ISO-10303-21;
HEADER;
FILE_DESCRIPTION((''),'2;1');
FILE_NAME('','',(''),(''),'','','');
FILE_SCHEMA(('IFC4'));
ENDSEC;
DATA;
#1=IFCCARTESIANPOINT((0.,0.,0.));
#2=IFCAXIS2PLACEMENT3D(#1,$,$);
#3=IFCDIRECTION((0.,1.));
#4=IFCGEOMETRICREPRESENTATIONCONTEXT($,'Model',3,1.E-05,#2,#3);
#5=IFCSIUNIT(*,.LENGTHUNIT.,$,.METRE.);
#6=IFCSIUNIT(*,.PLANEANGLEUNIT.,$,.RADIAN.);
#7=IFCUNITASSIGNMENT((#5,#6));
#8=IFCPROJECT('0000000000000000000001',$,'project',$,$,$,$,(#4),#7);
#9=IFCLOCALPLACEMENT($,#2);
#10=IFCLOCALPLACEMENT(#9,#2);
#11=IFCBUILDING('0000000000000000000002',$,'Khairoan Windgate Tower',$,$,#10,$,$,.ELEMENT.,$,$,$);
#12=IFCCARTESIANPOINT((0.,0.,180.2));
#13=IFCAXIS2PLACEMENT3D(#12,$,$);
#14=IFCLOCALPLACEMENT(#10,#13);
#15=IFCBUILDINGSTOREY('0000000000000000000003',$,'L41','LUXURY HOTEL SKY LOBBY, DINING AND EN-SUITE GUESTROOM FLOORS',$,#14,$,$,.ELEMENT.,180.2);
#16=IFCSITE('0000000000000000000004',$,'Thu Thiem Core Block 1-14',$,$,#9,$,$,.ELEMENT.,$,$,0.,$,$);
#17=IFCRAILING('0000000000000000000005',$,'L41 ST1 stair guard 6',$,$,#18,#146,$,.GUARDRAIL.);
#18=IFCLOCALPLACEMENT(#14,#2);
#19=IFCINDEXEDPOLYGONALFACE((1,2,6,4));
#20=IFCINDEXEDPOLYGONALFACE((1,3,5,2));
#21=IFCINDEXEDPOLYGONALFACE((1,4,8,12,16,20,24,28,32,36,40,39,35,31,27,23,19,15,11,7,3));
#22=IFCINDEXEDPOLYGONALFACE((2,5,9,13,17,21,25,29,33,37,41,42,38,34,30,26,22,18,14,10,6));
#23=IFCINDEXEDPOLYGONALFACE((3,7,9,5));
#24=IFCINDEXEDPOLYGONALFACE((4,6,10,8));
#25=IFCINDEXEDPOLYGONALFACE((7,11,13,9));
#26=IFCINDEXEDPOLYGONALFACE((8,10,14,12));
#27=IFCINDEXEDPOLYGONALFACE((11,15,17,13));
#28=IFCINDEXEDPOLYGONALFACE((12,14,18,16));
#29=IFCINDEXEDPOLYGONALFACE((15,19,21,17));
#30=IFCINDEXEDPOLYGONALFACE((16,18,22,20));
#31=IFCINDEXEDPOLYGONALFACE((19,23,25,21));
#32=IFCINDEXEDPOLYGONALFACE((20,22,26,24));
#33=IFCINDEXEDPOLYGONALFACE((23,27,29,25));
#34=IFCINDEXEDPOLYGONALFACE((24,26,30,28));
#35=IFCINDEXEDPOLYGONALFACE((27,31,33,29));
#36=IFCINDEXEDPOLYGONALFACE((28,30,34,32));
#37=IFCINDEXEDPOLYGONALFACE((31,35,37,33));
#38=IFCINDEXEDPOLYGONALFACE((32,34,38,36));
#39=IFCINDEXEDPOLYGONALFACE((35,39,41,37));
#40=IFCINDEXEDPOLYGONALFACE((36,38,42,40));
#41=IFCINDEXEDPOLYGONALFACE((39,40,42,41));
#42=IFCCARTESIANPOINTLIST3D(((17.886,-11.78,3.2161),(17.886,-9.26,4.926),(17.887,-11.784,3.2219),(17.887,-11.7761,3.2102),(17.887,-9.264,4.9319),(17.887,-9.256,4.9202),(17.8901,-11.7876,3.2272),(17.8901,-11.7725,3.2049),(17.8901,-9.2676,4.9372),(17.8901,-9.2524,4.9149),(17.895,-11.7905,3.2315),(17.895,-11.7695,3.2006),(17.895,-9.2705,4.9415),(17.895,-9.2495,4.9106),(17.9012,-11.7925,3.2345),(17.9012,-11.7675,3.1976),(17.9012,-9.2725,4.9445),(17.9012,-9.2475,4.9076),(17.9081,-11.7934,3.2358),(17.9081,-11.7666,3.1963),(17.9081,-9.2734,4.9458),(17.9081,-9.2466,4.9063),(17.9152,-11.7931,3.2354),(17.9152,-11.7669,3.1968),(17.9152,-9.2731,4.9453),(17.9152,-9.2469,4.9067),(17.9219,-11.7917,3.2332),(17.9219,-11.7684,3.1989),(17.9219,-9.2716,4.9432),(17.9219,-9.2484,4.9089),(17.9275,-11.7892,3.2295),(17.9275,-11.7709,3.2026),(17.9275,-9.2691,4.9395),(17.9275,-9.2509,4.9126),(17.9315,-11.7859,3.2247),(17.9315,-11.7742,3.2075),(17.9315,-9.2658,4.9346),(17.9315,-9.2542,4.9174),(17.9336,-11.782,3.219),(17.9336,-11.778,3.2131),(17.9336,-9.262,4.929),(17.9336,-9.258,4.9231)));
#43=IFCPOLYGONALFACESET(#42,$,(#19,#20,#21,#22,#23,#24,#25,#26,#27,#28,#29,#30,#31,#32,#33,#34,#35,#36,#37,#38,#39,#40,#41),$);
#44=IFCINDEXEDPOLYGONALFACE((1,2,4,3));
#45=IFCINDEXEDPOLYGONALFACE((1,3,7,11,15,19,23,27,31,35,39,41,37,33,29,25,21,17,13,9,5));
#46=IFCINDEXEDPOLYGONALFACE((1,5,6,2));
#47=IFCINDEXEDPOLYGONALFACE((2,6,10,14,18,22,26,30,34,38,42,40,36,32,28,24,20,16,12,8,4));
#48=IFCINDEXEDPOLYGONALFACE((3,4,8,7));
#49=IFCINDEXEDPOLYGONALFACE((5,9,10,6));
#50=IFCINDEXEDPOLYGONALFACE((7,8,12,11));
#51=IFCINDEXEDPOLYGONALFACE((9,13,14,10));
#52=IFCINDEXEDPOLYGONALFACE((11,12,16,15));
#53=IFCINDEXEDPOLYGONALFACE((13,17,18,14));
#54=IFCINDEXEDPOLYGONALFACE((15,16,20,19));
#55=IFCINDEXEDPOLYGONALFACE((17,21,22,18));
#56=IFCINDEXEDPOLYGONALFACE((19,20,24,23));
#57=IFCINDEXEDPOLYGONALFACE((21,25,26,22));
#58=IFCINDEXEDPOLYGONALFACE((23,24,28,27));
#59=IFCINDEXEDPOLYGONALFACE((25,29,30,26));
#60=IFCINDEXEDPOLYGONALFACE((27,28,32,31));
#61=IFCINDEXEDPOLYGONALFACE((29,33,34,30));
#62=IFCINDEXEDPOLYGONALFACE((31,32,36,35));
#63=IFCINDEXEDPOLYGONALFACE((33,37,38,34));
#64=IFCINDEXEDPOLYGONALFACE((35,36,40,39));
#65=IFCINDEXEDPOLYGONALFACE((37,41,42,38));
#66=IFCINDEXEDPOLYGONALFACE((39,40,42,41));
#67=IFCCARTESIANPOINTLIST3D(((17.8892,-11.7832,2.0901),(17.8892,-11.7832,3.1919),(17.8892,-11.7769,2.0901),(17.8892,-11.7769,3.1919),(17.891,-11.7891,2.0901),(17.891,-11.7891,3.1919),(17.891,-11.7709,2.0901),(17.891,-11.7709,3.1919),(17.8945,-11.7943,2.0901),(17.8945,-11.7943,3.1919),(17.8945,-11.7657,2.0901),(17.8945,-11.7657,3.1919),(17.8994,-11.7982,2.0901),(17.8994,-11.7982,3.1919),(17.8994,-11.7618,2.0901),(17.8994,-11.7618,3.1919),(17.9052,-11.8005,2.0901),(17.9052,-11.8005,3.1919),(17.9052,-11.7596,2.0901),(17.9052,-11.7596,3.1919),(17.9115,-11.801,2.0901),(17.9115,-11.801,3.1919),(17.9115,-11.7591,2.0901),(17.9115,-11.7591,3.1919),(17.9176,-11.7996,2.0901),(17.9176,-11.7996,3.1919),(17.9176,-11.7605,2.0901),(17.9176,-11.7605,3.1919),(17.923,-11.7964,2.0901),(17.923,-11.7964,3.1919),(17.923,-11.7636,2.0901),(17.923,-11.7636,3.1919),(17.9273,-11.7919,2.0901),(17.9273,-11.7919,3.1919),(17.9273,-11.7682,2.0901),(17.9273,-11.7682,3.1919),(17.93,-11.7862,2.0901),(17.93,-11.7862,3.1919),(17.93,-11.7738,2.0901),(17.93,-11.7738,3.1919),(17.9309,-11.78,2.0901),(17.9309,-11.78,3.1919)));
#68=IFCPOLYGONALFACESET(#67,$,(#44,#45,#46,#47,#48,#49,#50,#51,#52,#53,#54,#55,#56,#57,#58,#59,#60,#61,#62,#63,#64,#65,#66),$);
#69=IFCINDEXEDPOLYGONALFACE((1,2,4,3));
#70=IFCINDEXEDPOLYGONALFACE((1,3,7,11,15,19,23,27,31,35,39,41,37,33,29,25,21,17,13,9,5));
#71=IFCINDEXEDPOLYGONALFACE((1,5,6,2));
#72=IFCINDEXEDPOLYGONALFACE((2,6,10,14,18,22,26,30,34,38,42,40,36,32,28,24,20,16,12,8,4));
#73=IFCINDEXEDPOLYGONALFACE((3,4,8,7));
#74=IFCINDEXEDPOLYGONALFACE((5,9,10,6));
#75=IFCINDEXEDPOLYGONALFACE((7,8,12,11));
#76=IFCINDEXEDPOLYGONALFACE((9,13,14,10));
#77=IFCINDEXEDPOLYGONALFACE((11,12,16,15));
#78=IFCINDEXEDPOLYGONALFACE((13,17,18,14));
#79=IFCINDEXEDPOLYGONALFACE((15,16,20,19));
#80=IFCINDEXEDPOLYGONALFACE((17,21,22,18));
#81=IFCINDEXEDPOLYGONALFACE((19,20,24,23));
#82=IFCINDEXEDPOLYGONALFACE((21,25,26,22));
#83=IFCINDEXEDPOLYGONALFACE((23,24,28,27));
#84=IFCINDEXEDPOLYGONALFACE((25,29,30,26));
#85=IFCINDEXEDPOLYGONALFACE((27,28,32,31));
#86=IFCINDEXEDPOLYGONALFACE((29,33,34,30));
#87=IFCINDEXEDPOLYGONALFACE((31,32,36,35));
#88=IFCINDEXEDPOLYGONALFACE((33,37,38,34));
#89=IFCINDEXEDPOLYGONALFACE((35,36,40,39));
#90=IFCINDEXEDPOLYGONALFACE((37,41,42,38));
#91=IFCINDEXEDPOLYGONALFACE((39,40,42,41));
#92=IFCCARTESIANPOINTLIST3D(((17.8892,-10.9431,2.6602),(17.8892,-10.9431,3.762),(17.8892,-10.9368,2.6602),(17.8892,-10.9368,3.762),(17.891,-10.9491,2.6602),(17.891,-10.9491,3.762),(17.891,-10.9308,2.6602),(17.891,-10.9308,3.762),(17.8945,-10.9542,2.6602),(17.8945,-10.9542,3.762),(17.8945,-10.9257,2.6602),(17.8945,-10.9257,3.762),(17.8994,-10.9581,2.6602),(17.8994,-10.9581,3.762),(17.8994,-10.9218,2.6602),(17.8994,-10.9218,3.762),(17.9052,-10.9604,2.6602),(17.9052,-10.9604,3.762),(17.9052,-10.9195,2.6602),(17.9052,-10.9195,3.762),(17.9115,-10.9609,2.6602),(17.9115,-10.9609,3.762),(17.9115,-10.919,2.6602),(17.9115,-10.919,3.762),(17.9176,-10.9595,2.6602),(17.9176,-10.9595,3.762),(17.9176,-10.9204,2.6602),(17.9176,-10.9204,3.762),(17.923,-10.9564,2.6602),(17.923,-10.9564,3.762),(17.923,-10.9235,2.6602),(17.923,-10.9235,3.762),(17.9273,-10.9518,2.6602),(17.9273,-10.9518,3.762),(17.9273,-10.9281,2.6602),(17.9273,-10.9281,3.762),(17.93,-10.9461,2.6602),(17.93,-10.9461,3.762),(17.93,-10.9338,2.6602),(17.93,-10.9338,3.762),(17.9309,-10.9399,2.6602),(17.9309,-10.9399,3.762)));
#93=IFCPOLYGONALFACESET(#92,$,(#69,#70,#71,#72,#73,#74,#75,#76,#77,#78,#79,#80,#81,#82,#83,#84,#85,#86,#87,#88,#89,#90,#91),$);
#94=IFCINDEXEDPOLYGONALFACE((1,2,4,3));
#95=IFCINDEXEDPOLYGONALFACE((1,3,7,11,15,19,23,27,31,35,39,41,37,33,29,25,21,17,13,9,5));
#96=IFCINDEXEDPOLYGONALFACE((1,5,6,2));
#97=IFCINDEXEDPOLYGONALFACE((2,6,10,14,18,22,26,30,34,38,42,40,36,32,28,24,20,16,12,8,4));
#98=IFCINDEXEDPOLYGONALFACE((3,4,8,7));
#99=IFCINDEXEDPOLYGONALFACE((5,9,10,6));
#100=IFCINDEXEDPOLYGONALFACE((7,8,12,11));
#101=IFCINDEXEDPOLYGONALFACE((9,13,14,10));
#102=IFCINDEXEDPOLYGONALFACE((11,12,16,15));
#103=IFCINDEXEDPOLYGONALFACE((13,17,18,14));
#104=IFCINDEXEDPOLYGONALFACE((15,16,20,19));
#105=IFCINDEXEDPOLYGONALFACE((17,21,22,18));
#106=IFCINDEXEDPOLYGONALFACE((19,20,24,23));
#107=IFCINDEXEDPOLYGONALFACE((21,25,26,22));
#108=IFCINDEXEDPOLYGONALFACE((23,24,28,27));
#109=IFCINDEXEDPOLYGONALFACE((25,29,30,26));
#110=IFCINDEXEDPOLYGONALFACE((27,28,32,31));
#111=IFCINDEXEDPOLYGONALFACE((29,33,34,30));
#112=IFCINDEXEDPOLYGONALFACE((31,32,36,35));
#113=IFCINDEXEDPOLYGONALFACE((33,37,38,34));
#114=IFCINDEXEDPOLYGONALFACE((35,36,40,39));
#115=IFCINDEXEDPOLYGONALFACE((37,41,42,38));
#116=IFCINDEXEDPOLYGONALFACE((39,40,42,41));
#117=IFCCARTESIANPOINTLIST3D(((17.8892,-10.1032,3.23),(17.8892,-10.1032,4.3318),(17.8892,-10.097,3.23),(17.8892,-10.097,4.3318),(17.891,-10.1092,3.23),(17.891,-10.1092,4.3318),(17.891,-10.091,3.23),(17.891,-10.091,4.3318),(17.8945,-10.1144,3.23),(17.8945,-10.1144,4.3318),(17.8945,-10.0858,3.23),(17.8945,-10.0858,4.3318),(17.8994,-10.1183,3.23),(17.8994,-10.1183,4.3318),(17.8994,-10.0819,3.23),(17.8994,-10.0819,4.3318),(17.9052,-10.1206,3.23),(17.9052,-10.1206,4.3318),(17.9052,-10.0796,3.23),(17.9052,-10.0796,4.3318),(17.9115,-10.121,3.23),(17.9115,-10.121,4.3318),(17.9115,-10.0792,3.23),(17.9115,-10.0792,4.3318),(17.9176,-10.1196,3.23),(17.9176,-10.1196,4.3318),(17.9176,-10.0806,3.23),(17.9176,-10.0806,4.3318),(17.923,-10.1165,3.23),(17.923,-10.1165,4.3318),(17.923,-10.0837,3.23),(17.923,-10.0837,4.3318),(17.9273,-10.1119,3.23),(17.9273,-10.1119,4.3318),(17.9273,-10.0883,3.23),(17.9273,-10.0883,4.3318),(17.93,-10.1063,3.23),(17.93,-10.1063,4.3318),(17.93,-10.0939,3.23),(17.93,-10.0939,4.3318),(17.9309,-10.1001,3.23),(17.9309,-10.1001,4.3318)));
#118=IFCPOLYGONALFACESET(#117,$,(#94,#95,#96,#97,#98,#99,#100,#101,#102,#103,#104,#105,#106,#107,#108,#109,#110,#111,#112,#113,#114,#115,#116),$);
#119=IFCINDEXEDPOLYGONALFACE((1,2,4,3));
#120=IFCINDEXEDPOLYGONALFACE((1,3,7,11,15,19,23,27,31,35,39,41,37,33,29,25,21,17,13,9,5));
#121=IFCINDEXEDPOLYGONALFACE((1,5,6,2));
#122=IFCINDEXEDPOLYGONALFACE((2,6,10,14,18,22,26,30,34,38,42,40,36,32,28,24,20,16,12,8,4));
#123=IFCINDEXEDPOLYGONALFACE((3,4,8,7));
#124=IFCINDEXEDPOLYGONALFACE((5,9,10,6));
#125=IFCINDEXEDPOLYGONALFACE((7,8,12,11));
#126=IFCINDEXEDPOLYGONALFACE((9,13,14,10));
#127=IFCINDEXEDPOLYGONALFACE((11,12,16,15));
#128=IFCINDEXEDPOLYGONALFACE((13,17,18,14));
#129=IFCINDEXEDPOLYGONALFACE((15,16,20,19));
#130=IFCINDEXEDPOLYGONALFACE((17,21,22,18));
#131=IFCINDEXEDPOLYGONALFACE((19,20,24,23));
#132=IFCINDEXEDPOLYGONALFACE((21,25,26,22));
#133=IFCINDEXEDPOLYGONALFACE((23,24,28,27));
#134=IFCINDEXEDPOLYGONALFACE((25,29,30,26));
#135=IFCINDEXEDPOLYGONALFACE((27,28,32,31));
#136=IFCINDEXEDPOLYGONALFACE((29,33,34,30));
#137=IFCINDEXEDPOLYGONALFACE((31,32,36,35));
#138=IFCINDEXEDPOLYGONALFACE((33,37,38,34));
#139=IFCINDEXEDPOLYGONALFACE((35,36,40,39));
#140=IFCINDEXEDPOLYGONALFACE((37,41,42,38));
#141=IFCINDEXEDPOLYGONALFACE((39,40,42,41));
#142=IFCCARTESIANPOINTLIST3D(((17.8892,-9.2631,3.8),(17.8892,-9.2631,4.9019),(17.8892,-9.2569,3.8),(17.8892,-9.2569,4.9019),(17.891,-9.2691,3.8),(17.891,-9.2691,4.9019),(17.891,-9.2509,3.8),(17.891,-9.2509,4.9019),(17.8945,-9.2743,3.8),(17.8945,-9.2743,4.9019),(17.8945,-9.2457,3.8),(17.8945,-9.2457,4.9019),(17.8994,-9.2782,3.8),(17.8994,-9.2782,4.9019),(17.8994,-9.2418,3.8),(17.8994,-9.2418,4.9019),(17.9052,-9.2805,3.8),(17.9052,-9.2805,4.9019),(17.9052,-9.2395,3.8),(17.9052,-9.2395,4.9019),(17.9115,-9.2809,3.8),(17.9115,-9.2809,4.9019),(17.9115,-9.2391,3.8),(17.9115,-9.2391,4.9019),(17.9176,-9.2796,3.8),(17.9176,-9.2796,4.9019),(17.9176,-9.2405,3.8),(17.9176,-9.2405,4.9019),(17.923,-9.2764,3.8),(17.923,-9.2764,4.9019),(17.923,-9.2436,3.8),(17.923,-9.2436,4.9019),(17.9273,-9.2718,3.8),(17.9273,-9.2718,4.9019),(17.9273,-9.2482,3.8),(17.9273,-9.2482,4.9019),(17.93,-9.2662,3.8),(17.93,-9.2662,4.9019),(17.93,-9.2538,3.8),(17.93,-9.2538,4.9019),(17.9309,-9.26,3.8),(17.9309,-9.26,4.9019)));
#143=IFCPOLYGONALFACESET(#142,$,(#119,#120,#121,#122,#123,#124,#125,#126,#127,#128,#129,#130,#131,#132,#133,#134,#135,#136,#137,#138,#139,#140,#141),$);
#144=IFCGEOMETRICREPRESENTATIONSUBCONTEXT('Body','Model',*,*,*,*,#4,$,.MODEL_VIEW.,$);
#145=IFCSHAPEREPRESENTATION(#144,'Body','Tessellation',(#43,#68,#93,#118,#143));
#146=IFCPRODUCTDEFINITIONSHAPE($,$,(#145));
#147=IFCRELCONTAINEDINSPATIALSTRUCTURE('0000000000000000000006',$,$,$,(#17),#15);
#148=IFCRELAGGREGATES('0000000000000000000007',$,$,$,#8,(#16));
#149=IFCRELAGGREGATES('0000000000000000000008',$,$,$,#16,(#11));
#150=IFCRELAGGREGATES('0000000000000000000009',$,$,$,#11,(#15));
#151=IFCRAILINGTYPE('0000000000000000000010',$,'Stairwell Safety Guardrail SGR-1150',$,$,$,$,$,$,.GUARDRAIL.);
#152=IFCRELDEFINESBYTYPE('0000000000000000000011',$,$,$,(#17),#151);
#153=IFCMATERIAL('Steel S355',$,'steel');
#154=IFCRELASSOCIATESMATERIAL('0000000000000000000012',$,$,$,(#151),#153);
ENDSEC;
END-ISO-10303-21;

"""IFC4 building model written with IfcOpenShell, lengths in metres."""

from ifc_helpers import new_model, si_unit, direction, frame, origin, origin_2d, place, context, subcontext, project, spatial, circle, extrude, material, type_object, element, save


model = new_model("IFC4")

# Units and contexts
model_context = context("Model", 3, precision=1e-05, world=origin(), true_north=direction((0.0, 1.0)))
body_context = subcontext(model_context, "Body", "Model", "MODEL_VIEW")
ifc_project = project(units=[si_unit("LENGTHUNIT", "METRE"), si_unit("PLANEANGLEUNIT", "RADIAN")], contexts=[model_context])

# Site, building, storey
site_placement = place(None, origin())
site = spatial("IfcSite", under=ifc_project, at=site_placement, Name="Thu Thiem Core Block 1-14", CompositionType="ELEMENT", RefElevation=0.0)
building_placement = place(site_placement, origin())
building = spatial("IfcBuilding", under=site, at=building_placement, Name="Khairoan Windgate Tower", CompositionType="ELEMENT")
storey_placement = place(building_placement, frame((0.0, 0.0, 180.2)))
storey = spatial("IfcBuildingStorey", under=building, at=storey_placement, Name="L41", Description="LUXURY HOTEL SKY LOBBY, DINING AND EN-SUITE GUESTROOM FLOORS", CompositionType="ELEMENT", Elevation=180.2)

# Railing
ifc_material_1 = material(Name="Steel S355", Category="steel")
railing_type = type_object("IfcRailingType", Name="Stairwell Safety Guardrail SGR-1150", PredefinedType="GUARDRAIL", material=ifc_material_1)
railing_1_placement = place(storey_placement, frame((17.9099, -11.78, 2.0901)))
element("IfcRailing", 1, at=railing_1_placement, inside=storey, type_object=railing_type, Name="L41 ST1 stair guard 6", PredefinedType="GUARDRAIL", context=body_context, shape_type="SweptSolid", body=[
    extrude(circle(Radius=0.0239, at=origin_2d()), frame((0.0, 0.0, 1.126), z_axis=(0.0, 0.827484, 0.56149), x_axis=(-1.0, 0.0, 0.0)), (0.0, 0.0, 1.0), 3.0454),
    extrude(circle(Radius=0.021, at=origin_2d()), origin(), (0.0, 0.0, 1.0), 1.1018),
    extrude(circle(Radius=0.021, at=origin_2d()), frame((0.0, 0.8401, 0.5701)), (0.0, 0.0, 1.0), 1.1018),
    extrude(circle(Radius=0.021, at=origin_2d()), frame((0.0, 1.6799, 1.1399)), (0.0, 0.0, 1.0), 1.1018),
    extrude(circle(Radius=0.021, at=origin_2d()), frame((0.0, 2.52, 1.71)), (0.0, 0.0, 1.0), 1.1018),
])

save(model, "model.ifc")
